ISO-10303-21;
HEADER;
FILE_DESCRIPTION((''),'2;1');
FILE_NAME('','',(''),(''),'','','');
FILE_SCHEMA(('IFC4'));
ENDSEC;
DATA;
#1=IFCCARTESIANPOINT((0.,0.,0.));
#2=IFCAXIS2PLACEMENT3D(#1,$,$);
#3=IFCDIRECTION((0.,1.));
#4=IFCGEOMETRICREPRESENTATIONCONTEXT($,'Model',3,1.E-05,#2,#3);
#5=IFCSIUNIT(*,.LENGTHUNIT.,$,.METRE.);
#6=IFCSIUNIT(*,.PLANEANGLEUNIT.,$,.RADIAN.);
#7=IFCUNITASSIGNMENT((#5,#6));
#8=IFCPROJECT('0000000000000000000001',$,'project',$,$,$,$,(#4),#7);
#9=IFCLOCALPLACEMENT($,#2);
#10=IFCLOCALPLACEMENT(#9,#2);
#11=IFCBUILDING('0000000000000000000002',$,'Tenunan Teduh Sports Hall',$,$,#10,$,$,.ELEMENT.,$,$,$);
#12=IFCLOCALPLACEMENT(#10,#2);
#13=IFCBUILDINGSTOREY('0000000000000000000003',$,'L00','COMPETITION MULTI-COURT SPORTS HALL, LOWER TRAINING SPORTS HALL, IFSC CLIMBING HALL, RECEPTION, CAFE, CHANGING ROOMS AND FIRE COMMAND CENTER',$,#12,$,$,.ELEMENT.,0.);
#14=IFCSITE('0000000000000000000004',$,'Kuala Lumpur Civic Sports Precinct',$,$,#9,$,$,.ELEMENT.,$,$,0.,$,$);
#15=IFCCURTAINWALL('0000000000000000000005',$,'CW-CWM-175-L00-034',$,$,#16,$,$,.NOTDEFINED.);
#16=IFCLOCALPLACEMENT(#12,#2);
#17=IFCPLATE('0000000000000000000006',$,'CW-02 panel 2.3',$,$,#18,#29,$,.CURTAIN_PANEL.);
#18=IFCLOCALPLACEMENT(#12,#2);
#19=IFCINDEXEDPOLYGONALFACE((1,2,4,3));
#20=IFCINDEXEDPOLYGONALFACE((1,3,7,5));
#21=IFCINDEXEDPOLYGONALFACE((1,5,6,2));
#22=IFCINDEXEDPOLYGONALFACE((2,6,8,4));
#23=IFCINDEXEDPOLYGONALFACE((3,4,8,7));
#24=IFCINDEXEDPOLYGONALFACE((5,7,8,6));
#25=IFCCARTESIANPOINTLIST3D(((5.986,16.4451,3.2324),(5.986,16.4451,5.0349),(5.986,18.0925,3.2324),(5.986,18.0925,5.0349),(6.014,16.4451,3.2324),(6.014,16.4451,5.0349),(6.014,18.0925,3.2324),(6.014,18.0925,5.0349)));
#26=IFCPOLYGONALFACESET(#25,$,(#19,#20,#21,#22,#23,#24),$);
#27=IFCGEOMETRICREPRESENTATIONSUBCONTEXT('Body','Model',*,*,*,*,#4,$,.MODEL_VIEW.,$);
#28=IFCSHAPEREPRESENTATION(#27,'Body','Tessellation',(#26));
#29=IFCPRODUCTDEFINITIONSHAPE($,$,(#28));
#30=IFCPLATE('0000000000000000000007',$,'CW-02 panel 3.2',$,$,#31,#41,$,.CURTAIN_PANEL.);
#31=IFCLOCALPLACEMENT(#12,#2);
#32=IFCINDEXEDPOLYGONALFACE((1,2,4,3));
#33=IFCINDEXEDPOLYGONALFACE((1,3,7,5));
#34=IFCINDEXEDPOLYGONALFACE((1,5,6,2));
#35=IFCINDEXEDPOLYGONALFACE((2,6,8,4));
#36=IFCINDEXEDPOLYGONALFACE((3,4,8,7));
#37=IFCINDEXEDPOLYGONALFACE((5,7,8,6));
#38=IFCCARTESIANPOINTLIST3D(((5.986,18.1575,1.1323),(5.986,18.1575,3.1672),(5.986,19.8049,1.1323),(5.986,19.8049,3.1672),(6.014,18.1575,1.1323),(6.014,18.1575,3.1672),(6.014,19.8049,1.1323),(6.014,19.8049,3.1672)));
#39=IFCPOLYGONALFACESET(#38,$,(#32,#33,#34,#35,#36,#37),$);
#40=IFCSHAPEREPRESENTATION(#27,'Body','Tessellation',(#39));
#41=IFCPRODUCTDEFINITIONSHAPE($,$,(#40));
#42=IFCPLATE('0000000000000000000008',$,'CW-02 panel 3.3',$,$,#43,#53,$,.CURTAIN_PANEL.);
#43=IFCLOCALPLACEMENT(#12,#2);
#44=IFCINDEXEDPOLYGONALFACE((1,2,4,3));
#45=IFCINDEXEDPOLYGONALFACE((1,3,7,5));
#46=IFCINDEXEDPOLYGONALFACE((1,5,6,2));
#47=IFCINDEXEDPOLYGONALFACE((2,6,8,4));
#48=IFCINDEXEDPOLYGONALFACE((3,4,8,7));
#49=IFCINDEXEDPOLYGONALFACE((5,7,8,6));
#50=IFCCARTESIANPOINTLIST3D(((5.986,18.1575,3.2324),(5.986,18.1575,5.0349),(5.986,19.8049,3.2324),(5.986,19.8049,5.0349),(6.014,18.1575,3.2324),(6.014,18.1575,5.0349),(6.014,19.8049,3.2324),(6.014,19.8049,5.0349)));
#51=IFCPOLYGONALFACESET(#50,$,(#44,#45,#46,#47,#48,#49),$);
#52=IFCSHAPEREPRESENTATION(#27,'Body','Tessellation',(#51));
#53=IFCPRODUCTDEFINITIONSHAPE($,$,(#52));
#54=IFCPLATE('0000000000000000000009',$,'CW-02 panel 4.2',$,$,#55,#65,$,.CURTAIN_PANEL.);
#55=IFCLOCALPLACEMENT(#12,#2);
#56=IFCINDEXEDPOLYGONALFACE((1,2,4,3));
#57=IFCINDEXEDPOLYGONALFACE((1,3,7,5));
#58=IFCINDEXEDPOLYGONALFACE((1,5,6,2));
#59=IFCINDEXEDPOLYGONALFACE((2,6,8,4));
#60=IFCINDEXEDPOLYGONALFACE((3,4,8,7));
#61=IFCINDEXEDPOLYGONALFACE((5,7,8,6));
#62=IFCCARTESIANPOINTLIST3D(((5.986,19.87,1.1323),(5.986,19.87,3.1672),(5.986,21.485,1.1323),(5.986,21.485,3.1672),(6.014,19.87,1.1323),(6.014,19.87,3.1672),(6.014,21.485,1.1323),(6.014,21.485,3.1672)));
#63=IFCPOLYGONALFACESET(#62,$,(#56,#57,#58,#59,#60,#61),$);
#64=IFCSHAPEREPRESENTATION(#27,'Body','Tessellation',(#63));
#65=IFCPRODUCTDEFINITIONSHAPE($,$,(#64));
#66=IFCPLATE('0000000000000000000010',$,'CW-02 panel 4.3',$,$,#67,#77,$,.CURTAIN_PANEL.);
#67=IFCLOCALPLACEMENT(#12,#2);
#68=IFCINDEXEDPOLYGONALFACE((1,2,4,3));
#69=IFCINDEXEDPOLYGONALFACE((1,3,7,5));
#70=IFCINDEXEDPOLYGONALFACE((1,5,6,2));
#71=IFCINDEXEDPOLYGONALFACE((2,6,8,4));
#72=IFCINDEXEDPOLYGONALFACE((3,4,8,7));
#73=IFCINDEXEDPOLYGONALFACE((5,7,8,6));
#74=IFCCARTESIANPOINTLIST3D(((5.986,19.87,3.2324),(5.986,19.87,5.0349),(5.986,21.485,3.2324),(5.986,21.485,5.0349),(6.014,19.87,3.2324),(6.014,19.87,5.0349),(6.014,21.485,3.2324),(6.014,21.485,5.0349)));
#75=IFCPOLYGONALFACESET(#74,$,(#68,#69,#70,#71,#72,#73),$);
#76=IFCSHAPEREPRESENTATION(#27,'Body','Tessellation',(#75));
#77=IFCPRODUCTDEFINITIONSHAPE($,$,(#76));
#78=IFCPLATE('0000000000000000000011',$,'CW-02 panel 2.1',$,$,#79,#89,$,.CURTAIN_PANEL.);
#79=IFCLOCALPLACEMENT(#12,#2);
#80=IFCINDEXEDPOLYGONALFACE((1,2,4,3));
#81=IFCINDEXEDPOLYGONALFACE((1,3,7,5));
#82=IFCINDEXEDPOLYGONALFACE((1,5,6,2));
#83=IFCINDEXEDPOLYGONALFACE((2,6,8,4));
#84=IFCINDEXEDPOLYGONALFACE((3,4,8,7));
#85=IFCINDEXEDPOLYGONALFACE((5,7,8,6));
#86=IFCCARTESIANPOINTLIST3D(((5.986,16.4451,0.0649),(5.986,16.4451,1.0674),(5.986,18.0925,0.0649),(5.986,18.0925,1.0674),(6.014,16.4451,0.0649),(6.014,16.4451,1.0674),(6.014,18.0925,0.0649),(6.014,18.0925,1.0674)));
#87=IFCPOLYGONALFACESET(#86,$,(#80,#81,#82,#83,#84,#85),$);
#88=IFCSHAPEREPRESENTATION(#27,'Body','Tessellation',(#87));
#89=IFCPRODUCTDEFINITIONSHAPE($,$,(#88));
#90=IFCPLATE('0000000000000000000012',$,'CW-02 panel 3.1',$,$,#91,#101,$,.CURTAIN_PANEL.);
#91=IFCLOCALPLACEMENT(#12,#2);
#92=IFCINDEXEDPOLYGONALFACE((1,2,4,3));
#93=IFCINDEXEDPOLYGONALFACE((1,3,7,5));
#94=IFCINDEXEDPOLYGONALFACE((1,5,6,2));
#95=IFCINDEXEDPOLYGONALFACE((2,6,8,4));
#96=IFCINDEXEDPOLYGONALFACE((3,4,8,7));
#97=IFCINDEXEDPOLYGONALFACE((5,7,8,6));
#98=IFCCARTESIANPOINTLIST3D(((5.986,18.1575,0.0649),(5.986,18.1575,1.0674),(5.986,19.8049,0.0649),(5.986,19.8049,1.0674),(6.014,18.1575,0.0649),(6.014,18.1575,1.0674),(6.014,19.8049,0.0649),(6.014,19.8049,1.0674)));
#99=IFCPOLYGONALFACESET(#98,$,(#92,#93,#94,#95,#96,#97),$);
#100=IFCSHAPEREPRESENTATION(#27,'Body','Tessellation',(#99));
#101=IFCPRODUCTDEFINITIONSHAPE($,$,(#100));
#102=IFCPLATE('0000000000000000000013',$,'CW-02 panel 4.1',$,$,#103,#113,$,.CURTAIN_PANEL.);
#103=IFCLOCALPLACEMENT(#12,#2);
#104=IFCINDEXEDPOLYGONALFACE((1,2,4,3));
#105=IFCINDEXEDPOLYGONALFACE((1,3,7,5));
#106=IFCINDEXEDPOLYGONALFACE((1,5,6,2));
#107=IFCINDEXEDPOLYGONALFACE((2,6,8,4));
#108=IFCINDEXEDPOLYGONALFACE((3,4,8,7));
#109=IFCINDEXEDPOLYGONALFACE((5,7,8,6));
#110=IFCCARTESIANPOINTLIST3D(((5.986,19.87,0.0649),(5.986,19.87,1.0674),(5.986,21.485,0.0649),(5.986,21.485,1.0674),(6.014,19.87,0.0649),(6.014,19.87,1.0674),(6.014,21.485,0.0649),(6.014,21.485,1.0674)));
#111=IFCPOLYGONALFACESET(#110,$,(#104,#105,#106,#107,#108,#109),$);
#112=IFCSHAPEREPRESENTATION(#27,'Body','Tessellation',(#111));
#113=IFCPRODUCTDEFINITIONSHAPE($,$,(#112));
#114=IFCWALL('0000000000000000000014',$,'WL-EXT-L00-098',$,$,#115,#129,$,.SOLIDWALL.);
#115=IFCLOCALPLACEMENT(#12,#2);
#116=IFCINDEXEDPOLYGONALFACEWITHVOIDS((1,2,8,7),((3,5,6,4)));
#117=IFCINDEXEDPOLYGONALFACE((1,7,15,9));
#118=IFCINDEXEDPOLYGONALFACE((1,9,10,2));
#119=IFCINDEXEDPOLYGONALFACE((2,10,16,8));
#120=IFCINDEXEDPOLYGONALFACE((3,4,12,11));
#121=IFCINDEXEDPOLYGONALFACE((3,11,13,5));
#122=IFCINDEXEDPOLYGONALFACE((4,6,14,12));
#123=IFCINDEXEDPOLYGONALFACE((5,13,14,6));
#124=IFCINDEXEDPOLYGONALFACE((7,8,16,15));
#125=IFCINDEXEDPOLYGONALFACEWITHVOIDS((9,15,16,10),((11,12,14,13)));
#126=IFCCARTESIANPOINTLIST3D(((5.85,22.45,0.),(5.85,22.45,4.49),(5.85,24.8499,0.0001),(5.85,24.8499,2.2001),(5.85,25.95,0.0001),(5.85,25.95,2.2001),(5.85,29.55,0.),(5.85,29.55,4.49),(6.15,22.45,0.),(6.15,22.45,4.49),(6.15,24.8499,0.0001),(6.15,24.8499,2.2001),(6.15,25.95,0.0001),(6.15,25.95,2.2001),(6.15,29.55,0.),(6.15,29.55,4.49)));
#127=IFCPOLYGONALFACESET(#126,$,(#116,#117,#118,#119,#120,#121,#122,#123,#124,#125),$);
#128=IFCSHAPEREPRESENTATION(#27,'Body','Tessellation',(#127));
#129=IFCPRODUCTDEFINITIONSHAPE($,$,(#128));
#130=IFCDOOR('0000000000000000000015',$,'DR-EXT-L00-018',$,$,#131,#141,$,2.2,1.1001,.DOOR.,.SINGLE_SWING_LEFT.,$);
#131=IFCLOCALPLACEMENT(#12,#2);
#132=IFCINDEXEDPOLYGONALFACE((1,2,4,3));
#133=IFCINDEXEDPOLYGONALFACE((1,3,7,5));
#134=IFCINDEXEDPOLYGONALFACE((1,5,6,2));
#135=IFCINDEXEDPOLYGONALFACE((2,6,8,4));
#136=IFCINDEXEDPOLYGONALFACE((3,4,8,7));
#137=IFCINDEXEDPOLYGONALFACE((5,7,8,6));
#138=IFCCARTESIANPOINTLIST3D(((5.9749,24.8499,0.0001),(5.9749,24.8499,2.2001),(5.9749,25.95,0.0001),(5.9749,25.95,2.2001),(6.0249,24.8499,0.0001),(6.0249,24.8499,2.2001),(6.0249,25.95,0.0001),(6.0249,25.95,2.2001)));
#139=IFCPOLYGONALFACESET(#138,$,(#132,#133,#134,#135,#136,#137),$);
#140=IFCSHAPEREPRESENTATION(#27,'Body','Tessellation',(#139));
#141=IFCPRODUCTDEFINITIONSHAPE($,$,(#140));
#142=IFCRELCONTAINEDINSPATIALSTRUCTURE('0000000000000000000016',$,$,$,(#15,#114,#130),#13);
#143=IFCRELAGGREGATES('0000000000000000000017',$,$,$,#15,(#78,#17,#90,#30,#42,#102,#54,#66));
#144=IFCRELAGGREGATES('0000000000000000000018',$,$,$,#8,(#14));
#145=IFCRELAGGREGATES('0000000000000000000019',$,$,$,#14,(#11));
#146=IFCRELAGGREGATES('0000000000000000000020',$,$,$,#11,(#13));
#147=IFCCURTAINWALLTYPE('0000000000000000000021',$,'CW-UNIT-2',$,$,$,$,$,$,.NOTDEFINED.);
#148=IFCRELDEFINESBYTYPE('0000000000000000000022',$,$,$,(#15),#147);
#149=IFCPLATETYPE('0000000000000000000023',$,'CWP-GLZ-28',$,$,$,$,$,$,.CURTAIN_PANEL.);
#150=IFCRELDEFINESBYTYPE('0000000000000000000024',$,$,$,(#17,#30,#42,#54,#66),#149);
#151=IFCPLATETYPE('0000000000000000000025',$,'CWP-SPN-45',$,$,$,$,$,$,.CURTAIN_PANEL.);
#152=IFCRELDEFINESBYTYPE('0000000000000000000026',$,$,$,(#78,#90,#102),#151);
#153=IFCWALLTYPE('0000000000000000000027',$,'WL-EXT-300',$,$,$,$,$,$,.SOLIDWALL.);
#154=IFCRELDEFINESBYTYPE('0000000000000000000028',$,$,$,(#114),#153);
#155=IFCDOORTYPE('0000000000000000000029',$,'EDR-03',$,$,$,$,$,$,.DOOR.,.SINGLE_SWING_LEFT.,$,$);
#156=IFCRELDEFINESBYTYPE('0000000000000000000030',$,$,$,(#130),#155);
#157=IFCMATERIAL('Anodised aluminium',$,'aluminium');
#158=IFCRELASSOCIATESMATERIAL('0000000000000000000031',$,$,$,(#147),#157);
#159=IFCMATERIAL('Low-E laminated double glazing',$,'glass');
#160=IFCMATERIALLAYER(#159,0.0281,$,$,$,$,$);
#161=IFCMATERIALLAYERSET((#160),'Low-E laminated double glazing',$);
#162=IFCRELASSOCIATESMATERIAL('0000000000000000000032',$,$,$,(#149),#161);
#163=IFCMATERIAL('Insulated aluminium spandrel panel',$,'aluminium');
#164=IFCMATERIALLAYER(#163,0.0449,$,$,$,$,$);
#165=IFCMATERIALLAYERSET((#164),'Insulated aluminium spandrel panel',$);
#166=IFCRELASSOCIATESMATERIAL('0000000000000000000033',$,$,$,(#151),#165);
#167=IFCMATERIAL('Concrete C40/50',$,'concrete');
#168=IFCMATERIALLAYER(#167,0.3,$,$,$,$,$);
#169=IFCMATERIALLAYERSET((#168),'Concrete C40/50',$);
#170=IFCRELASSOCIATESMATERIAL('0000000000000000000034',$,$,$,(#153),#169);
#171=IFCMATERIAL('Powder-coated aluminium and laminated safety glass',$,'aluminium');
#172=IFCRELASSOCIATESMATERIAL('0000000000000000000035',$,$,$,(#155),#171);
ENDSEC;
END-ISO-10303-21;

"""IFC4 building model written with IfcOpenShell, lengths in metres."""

from ifc_helpers import new_model, si_unit, direction, frame, frame_2d, origin, origin_2d, place, context, subcontext, project, spatial, rectangle, extrude, material, layer, layer_set, type_object, element, fill, aggregate, save


model = new_model("IFC4")

# Units and contexts
model_context = context("Model", 3, precision=1e-05, world=origin(), true_north=direction((0.0, 1.0)))
body_context = subcontext(model_context, "Body", "Model", "MODEL_VIEW")
ifc_project = project(units=[si_unit("LENGTHUNIT", "METRE"), si_unit("PLANEANGLEUNIT", "RADIAN")], contexts=[model_context])

# Site, building, storey
site_placement = place(None, origin())
site = spatial("IfcSite", under=ifc_project, at=site_placement, Name="Kuala Lumpur Civic Sports Precinct", CompositionType="ELEMENT", RefElevation=0.0)
building_placement = place(site_placement, origin())
building = spatial("IfcBuilding", under=site, at=building_placement, Name="Tenunan Teduh Sports Hall", CompositionType="ELEMENT")
storey_placement = place(building_placement, origin())
storey = spatial("IfcBuildingStorey", under=building, at=storey_placement, Name="L00", Description="COMPETITION MULTI-COURT SPORTS HALL, LOWER TRAINING SPORTS HALL, IFSC CLIMBING HALL, RECEPTION, CAFE, CHANGING ROOMS AND FIRE COMMAND CENTER", CompositionType="ELEMENT", Elevation=0.0)

# Curtain wall, plates
ifc_material_1 = material(Name="Anodised aluminium", Category="aluminium")
curtain_wall_type = type_object("IfcCurtainWallType", Name="CW-UNIT-2", PredefinedType="NOTDEFINED", material=ifc_material_1)
curtain_wall_placement = place(storey_placement, origin())
curtain_wall = element("IfcCurtainWall", 1, at=curtain_wall_placement, inside=storey, type_object=curtain_wall_type, Name="CW-CWM-175-L00-034", PredefinedType="NOTDEFINED")
ifc_material_2 = material(Name="Low-E laminated double glazing", Category="glass")
ifc_layer_1 = layer(ifc_material_2, 0.0281)
ifc_layer_set_1 = layer_set([ifc_layer_1], Name="Low-E laminated double glazing")
plate_type_1 = type_object("IfcPlateType", Name="CWP-GLZ-28", PredefinedType="CURTAIN_PANEL", material=ifc_layer_set_1)
plate_1_placement = place(storey_placement, frame((6.0, 17.2688, 3.2324), z_axis=(0.0, 0.0, 1.0), x_axis=(0.0, 1.0, 0.0)))
plate_1 = element("IfcPlate", 2, at=plate_1_placement, type_object=plate_type_1, Name="CW-02 panel 2.3", PredefinedType="CURTAIN_PANEL", context=body_context, shape_type="SweptSolid", body=[
    extrude(rectangle(XDim=1.6475, YDim=0.0281, at=origin_2d()), origin(), (0.0, 0.0, 1.0), 1.8025),
])
plate_2_placement = place(storey_placement, frame((6.0, 18.9812, 1.1323), z_axis=(0.0, 0.0, 1.0), x_axis=(0.0, 1.0, 0.0)))
plate_2 = element("IfcPlate", 3, at=plate_2_placement, type_object=plate_type_1, Name="CW-02 panel 3.2", PredefinedType="CURTAIN_PANEL", context=body_context, shape_type="SweptSolid", body=[
    extrude(rectangle(XDim=1.6475, YDim=0.0281, at=origin_2d()), origin(), (0.0, 0.0, 1.0), 2.0349),
])
plate_3_placement = place(storey_placement, frame((6.0, 18.9812, 3.2324), z_axis=(0.0, 0.0, 1.0), x_axis=(0.0, 1.0, 0.0)))
plate_3 = element("IfcPlate", 4, at=plate_3_placement, type_object=plate_type_1, Name="CW-02 panel 3.3", PredefinedType="CURTAIN_PANEL", context=body_context, shape_type="SweptSolid", body=[
    extrude(rectangle(XDim=1.6475, YDim=0.0281, at=origin_2d()), origin(), (0.0, 0.0, 1.0), 1.8025),
])
plate_4_placement = place(storey_placement, frame((6.0, 20.6775, 1.1323), z_axis=(0.0, 0.0, 1.0), x_axis=(0.0, 1.0, 0.0)))
plate_4 = element("IfcPlate", 5, at=plate_4_placement, type_object=plate_type_1, Name="CW-02 panel 4.2", PredefinedType="CURTAIN_PANEL", context=body_context, shape_type="SweptSolid", body=[
    extrude(rectangle(XDim=1.615, YDim=0.0281, at=origin_2d()), origin(), (0.0, 0.0, 1.0), 2.0349),
])
plate_5_placement = place(storey_placement, frame((6.0, 20.6775, 3.2324), z_axis=(0.0, 0.0, 1.0), x_axis=(0.0, 1.0, 0.0)))
plate_5 = element("IfcPlate", 6, at=plate_5_placement, type_object=plate_type_1, Name="CW-02 panel 4.3", PredefinedType="CURTAIN_PANEL", context=body_context, shape_type="SweptSolid", body=[
    extrude(rectangle(XDim=1.615, YDim=0.0281, at=origin_2d()), origin(), (0.0, 0.0, 1.0), 1.8025),
])
ifc_material_3 = material(Name="Insulated aluminium spandrel panel", Category="aluminium")
ifc_layer_2 = layer(ifc_material_3, 0.0449)
ifc_layer_set_2 = layer_set([ifc_layer_2], Name="Insulated aluminium spandrel panel")
plate_type_2 = type_object("IfcPlateType", Name="CWP-SPN-45", PredefinedType="CURTAIN_PANEL", material=ifc_layer_set_2)
plate_6_placement = place(storey_placement, frame((6.0, 17.2688, 0.0649), z_axis=(0.0, 0.0, 1.0), x_axis=(0.0, 1.0, 0.0)))
plate_6 = element("IfcPlate", 7, at=plate_6_placement, type_object=plate_type_2, Name="CW-02 panel 2.1", PredefinedType="CURTAIN_PANEL", context=body_context, shape_type="SweptSolid", body=[
    extrude(rectangle(XDim=1.6475, YDim=0.0281, at=origin_2d()), origin(), (0.0, 0.0, 1.0), 1.0024),
])
plate_7_placement = place(storey_placement, frame((6.0, 18.9812, 0.0649), z_axis=(0.0, 0.0, 1.0), x_axis=(0.0, 1.0, 0.0)))
plate_7 = element("IfcPlate", 8, at=plate_7_placement, type_object=plate_type_2, Name="CW-02 panel 3.1", PredefinedType="CURTAIN_PANEL", context=body_context, shape_type="SweptSolid", body=[
    extrude(rectangle(XDim=1.6475, YDim=0.0281, at=origin_2d()), origin(), (0.0, 0.0, 1.0), 1.0024),
])
plate_8_placement = place(storey_placement, frame((6.0, 20.6775, 0.0649), z_axis=(0.0, 0.0, 1.0), x_axis=(0.0, 1.0, 0.0)))
plate_8 = element("IfcPlate", 9, at=plate_8_placement, type_object=plate_type_2, Name="CW-02 panel 4.1", PredefinedType="CURTAIN_PANEL", context=body_context, shape_type="SweptSolid", body=[
    extrude(rectangle(XDim=1.615, YDim=0.0281, at=origin_2d()), origin(), (0.0, 0.0, 1.0), 1.0024),
])
aggregate(curtain_wall, [plate_6, plate_1, plate_7, plate_2, plate_3, plate_8, plate_4, plate_5])

# Wall, opening, door
ifc_material_4 = material(Name="Concrete C40/50", Category="concrete")
ifc_layer_3 = layer(ifc_material_4, 0.3)
ifc_layer_set_3 = layer_set([ifc_layer_3], Name="Concrete C40/50")
wall_type = type_object("IfcWallType", Name="WL-EXT-300", PredefinedType="SOLIDWALL", material=ifc_layer_set_3)
wall_placement = place(storey_placement, frame((6.0, 22.45, 0.0), z_axis=(0.0, 0.0, 1.0), x_axis=(0.0, 1.0, 0.0)))
wall = element("IfcWall", 10, at=wall_placement, inside=storey, type_object=wall_type, Name="WL-EXT-L00-098", PredefinedType="SOLIDWALL", context=body_context, shape_type="SweptSolid", body=[
    extrude(rectangle(XDim=7.1001, YDim=0.3, at=frame_2d((3.55, 0.0))), origin(), (0.0, 0.0, 1.0), 4.49),
])
opening_placement = place(wall_placement, frame((2.3999, 0.0, 0.0)))
opening = element("IfcOpeningElement", 11, at=opening_placement, cuts=wall, PredefinedType="OPENING", context=body_context, shape_type="SweptSolid", body=[
    extrude(rectangle(XDim=1.1001, YDim=2.2, at=frame_2d((0.55, 1.1001))), frame((0.0, 0.1599, 0.0), z_axis=(0.0, -1.0, 0.0), x_axis=(1.0, 0.0, 0.0)), (0.0, 0.0, 1.0), 0.3201),
])
ifc_material_5 = material(Name="Powder-coated aluminium and laminated safety glass", Category="aluminium")
door_type = type_object("IfcDoorType", Name="EDR-03", OperationType="SINGLE_SWING_LEFT", PredefinedType="DOOR", material=ifc_material_5)
door_placement = place(opening_placement, frame((1.1001, 0.0, 0.0), z_axis=(0.0, 0.0, 1.0), x_axis=(-1.0, 0.0, 0.0)))
door = element("IfcDoor", 12, at=door_placement, inside=storey, type_object=door_type, Name="DR-EXT-L00-018", OperationType="SINGLE_SWING_LEFT", OverallHeight=2.2, OverallWidth=1.1001, PredefinedType="DOOR", context=body_context, shape_type="SweptSolid", body=[
    extrude(rectangle(XDim=1.1001, YDim=2.2, at=frame_2d((0.55, 1.1001))), frame((0.0, 0.0249, 0.0), z_axis=(0.0, -1.0, 0.0), x_axis=(1.0, 0.0, 0.0)), (0.0, 0.0, 1.0), 0.05),
])
fill(opening, door)

save(model, "model.ifc")
